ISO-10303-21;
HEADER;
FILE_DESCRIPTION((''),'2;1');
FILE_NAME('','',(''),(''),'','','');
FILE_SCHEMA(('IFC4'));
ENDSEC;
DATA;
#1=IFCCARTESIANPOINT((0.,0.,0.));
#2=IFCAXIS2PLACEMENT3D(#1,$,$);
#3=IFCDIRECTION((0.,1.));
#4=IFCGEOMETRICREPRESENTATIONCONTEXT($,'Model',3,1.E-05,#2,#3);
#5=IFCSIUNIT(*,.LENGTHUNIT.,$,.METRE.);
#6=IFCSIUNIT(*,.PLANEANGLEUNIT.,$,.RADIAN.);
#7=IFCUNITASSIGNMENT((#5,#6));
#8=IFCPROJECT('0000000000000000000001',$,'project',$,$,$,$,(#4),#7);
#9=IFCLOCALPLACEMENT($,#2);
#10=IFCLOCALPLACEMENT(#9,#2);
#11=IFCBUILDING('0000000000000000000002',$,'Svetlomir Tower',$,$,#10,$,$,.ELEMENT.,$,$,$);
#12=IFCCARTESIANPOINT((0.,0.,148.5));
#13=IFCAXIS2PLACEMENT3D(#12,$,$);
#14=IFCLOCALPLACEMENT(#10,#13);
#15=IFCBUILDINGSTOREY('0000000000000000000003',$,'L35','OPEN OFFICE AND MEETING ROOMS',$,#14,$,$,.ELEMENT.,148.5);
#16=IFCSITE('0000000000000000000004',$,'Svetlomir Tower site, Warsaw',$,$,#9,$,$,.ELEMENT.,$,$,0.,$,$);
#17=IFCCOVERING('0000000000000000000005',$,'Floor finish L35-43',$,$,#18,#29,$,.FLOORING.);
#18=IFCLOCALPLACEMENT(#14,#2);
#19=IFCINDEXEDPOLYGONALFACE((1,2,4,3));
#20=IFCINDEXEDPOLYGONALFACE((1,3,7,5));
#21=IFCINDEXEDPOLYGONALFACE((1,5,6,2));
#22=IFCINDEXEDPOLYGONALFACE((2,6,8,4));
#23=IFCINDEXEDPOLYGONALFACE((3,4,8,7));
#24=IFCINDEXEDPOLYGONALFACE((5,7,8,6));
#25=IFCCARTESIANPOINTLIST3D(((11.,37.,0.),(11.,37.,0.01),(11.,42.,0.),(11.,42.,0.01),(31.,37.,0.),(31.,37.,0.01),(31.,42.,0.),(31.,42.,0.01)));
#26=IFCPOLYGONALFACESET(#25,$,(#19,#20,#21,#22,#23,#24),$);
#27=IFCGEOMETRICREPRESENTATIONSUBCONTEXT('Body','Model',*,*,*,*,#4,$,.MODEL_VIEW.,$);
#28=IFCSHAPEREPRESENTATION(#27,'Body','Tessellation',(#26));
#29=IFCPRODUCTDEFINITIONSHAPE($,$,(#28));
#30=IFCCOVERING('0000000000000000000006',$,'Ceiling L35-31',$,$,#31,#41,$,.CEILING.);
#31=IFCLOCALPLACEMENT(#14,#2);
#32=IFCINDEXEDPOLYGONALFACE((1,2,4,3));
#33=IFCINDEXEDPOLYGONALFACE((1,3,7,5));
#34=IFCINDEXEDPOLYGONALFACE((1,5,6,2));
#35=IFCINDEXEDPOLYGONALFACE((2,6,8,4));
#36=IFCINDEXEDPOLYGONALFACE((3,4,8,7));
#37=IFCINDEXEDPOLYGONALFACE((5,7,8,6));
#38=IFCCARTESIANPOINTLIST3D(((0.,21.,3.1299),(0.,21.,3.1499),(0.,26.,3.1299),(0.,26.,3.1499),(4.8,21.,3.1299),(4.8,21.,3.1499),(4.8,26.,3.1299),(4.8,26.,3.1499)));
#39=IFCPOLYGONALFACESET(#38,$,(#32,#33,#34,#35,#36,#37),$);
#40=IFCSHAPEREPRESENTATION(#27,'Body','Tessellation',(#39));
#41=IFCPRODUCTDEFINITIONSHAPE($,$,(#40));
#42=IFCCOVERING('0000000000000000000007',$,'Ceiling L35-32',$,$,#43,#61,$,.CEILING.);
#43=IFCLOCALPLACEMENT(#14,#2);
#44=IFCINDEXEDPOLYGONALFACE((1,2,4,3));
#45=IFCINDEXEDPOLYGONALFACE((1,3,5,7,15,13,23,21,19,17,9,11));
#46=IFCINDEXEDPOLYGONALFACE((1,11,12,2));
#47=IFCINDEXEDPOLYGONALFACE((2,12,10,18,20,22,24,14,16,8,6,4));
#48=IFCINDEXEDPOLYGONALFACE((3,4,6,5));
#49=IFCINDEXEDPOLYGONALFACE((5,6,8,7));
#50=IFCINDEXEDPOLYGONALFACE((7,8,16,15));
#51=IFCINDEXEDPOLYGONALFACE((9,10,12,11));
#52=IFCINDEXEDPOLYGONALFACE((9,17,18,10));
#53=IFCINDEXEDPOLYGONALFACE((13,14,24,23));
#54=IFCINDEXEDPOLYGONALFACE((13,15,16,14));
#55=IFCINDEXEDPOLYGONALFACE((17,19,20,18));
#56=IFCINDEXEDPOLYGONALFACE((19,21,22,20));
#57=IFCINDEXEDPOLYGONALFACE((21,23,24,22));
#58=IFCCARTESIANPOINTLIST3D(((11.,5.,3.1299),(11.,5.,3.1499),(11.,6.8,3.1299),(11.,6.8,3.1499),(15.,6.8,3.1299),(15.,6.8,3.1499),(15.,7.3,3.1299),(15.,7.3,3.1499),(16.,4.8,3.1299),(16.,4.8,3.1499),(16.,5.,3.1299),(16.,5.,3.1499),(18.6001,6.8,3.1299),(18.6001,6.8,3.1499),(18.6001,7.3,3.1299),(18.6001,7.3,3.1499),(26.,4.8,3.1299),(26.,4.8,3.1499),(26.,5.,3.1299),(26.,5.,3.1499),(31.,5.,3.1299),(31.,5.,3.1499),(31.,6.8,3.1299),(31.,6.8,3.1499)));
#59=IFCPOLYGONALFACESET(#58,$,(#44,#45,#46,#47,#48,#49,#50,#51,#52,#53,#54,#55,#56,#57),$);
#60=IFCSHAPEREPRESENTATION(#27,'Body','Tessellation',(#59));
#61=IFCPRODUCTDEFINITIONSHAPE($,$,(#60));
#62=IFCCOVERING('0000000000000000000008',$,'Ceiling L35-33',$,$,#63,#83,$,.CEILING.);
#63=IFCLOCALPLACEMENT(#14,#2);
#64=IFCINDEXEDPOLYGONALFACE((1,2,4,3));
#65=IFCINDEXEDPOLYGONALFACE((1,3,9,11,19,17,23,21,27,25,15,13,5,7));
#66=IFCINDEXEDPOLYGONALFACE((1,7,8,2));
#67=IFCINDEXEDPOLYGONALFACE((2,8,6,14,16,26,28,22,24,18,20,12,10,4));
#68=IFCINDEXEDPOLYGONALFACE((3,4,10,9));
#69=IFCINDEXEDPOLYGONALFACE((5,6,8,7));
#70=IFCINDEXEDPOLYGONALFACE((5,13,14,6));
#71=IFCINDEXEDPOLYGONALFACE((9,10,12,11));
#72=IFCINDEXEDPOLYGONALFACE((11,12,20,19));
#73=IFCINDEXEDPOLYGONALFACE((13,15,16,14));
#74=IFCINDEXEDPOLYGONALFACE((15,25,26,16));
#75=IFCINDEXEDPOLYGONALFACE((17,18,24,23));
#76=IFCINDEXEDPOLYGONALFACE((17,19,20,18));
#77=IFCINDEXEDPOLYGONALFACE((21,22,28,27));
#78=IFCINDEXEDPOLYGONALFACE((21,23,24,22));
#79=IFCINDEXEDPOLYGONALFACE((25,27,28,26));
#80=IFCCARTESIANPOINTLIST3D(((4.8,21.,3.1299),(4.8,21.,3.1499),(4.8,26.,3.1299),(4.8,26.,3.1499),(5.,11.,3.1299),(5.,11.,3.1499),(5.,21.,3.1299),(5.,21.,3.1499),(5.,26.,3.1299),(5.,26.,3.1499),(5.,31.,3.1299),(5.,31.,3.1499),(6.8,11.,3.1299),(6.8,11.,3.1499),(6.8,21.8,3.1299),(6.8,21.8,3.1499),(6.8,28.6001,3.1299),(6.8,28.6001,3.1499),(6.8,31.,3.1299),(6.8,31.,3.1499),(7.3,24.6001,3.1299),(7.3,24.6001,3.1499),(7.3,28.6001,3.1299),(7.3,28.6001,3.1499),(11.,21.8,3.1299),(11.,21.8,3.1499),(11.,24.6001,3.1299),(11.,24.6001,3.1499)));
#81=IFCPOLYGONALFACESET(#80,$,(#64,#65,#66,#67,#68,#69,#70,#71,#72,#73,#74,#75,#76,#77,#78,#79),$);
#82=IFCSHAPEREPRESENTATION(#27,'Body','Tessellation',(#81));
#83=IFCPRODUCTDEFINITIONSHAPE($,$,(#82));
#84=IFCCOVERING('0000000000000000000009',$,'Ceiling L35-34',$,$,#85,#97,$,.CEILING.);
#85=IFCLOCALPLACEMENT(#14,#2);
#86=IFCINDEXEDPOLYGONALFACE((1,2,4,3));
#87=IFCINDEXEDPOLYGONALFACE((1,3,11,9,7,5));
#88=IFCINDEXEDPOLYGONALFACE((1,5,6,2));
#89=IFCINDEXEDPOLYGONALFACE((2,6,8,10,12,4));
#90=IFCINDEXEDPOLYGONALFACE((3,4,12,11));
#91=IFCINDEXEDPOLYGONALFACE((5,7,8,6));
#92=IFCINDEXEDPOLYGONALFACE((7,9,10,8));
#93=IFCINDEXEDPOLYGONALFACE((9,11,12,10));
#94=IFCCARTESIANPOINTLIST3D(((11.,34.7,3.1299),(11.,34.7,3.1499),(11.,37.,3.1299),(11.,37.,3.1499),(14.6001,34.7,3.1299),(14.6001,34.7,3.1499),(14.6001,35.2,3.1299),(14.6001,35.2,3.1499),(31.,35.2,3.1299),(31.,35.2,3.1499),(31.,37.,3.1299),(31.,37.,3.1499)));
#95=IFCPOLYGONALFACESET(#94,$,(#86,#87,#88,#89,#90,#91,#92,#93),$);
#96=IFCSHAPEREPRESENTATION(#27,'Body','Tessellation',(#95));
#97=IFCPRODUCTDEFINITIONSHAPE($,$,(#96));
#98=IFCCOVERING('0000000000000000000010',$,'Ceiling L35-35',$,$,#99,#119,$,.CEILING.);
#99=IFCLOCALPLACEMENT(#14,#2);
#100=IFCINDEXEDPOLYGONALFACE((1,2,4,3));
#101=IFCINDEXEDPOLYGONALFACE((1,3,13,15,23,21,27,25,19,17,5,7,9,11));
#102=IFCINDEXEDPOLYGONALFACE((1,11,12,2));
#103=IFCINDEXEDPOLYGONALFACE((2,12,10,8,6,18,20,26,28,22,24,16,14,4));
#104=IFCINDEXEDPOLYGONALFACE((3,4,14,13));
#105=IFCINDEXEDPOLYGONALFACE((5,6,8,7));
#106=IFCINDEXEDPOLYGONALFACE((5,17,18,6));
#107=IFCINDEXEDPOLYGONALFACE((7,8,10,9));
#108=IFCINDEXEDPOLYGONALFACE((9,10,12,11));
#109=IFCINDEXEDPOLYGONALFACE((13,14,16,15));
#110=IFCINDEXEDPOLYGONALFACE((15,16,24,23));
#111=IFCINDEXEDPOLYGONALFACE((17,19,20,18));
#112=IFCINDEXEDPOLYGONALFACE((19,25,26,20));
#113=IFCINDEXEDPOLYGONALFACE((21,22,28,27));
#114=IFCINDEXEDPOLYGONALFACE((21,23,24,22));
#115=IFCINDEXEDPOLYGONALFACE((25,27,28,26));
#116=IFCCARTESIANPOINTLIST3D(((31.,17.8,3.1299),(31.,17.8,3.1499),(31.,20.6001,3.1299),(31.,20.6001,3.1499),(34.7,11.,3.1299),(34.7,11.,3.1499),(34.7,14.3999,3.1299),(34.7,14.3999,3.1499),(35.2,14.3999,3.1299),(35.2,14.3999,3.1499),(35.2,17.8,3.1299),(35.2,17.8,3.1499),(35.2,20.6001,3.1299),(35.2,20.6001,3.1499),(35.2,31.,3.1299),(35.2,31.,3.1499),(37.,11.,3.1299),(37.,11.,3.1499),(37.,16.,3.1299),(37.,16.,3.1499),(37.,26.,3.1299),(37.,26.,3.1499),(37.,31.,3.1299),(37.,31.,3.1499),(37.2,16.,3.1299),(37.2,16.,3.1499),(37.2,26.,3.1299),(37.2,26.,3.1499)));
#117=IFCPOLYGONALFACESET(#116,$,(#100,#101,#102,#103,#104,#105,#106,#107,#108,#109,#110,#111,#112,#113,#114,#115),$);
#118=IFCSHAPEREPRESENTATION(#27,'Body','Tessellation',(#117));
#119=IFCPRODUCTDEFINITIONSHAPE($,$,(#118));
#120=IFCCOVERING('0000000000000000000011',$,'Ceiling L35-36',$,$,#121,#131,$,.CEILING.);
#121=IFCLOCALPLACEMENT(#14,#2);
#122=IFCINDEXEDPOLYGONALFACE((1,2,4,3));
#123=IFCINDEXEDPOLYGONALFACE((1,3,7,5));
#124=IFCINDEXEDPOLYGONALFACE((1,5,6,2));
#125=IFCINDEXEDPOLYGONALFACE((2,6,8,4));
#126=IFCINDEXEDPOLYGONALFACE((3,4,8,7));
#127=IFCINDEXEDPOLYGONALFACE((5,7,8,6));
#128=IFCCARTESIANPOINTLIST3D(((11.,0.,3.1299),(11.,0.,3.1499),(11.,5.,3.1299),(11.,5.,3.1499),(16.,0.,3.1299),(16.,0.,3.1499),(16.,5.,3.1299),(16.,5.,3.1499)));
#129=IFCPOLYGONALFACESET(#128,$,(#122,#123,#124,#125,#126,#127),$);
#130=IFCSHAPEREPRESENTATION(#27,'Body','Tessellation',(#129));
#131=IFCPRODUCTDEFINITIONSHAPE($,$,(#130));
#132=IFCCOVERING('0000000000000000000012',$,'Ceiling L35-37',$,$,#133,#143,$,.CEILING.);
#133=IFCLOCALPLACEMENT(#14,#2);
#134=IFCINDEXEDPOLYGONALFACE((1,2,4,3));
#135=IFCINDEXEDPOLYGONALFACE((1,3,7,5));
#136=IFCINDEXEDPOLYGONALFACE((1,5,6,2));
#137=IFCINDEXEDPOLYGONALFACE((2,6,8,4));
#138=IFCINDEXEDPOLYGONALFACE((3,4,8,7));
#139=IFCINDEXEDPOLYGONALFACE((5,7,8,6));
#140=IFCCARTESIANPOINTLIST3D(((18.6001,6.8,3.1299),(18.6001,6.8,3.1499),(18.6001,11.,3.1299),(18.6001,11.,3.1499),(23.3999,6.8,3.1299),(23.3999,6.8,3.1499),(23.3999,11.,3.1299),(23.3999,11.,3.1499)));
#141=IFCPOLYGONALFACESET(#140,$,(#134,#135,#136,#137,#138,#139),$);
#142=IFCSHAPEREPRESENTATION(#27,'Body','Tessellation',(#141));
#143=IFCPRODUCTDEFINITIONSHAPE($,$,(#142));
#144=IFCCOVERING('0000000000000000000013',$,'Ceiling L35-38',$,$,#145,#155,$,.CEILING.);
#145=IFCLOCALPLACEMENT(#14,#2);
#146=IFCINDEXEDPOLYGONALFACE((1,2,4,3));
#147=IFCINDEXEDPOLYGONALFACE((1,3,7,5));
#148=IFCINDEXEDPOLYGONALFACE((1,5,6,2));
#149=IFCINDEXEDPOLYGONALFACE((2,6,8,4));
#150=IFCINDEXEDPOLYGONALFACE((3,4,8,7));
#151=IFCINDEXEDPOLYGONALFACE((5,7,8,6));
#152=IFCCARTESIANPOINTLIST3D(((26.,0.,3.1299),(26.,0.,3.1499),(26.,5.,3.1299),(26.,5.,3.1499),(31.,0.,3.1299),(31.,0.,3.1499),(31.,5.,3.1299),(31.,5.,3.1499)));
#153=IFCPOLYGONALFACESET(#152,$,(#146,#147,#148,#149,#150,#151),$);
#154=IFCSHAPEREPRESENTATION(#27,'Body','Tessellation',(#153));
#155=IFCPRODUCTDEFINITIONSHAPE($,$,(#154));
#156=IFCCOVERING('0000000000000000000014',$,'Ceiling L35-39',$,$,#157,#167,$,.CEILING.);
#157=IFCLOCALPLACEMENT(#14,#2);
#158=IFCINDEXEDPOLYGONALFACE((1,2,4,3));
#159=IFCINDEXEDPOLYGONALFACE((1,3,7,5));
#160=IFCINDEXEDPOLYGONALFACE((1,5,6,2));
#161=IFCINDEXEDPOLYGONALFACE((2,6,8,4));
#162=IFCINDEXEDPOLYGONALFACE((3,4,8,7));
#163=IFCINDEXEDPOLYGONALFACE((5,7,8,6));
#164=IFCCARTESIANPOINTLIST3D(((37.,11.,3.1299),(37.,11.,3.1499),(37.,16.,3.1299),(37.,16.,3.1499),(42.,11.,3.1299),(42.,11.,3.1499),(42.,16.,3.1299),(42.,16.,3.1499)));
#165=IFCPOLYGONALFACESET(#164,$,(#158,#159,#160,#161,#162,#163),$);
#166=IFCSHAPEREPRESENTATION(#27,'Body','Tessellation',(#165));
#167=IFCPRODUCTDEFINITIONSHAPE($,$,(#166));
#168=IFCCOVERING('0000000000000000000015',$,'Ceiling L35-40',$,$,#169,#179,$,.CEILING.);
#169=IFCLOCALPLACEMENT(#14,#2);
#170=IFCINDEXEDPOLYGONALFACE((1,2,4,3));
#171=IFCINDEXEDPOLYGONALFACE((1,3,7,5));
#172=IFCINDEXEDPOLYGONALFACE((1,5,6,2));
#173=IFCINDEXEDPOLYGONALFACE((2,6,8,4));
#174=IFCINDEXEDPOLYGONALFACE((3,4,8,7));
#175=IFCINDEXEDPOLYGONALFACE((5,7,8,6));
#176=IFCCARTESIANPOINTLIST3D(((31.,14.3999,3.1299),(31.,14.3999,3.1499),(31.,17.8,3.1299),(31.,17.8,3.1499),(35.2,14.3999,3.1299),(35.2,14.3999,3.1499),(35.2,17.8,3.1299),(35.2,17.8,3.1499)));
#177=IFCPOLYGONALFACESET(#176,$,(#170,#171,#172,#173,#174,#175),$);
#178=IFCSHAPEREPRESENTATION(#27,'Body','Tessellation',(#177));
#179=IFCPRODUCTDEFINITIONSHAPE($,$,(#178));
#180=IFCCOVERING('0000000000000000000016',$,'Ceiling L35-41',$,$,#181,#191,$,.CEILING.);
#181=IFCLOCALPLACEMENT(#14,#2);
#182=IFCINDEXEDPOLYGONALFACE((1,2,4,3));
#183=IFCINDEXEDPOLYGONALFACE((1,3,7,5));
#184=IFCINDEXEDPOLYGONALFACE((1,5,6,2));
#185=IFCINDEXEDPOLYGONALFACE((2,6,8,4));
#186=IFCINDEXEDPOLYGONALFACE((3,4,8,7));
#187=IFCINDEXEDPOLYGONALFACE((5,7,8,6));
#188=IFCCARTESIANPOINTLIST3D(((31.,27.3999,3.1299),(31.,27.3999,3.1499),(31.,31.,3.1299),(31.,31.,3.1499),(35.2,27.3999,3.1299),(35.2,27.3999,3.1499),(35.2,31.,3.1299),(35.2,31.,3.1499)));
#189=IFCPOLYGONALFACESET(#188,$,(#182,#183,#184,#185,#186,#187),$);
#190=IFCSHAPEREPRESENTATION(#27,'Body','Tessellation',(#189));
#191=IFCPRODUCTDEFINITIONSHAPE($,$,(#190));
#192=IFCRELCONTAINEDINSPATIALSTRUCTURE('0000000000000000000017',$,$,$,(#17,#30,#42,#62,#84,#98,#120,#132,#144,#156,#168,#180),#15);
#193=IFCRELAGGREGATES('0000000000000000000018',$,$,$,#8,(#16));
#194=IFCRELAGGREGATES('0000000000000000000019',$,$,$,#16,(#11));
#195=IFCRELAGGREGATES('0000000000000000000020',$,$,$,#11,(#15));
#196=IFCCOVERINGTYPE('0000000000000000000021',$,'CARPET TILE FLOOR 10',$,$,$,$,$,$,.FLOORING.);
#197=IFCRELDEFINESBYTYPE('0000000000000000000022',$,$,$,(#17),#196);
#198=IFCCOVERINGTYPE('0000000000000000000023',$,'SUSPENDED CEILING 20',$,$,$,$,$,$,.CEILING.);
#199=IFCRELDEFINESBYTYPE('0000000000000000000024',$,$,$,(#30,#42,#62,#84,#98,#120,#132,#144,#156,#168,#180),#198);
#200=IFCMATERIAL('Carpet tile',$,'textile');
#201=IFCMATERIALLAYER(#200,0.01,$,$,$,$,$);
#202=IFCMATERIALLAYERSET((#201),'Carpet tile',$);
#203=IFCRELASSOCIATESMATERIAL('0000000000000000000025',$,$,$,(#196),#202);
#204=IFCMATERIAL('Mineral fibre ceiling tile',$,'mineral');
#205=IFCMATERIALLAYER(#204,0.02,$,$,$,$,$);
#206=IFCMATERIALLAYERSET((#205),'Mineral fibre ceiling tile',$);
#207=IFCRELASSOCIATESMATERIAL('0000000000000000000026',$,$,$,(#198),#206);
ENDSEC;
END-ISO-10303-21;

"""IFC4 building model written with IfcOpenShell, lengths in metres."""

from ifc_helpers import new_model, si_unit, direction, frame, origin, place, context, subcontext, project, spatial, polyline, outline, extrude, material, layer, layer_set, type_object, element, save


model = new_model("IFC4")

# Units and contexts
model_context = context("Model", 3, precision=1e-05, world=origin(), true_north=direction((0.0, 1.0)))
body_context = subcontext(model_context, "Body", "Model", "MODEL_VIEW")
ifc_project = project(units=[si_unit("LENGTHUNIT", "METRE"), si_unit("PLANEANGLEUNIT", "RADIAN")], contexts=[model_context])

# Site, building, storey
site_placement = place(None, origin())
site = spatial("IfcSite", under=ifc_project, at=site_placement, Name="Svetlomir Tower site, Warsaw", CompositionType="ELEMENT", RefElevation=0.0)
building_placement = place(site_placement, origin())
building = spatial("IfcBuilding", under=site, at=building_placement, Name="Svetlomir Tower", CompositionType="ELEMENT")
storey_placement = place(building_placement, frame((0.0, 0.0, 148.5)))
storey = spatial("IfcBuildingStorey", under=building, at=storey_placement, Name="L35", Description="OPEN OFFICE AND MEETING ROOMS", CompositionType="ELEMENT", Elevation=148.5)

# Coverings
ifc_material_1 = material(Name="Carpet tile", Category="textile")
ifc_layer_1 = layer(ifc_material_1, 0.01)
ifc_layer_set_1 = layer_set([ifc_layer_1], Name="Carpet tile")
covering_type_1 = type_object("IfcCoveringType", Name="CARPET TILE FLOOR 10", PredefinedType="FLOORING", material=ifc_layer_set_1)
covering_1_placement = place(storey_placement, origin())
element("IfcCovering", 1, at=covering_1_placement, inside=storey, type_object=covering_type_1, Name="Floor finish L35-43", PredefinedType="FLOORING", context=body_context, shape_type="SweptSolid", body=[
    extrude(outline(polyline([(31.0, 37.0), (11.0, 37.0), (11.0, 42.0), (31.0, 42.0), (31.0, 37.0)])), origin(), (0.0, 0.0, 1.0), 0.01),
])
ifc_material_2 = material(Name="Mineral fibre ceiling tile", Category="mineral")
ifc_layer_2 = layer(ifc_material_2, 0.02)
ifc_layer_set_2 = layer_set([ifc_layer_2], Name="Mineral fibre ceiling tile")
covering_type_2 = type_object("IfcCoveringType", Name="SUSPENDED CEILING 20", PredefinedType="CEILING", material=ifc_layer_set_2)
covering_2_placement = place(storey_placement, frame((0.0, 0.0, 3.1299)))
element("IfcCovering", 2, at=covering_2_placement, inside=storey, type_object=covering_type_2, Name="Ceiling L35-31", PredefinedType="CEILING", context=body_context, shape_type="SweptSolid", body=[
    extrude(outline(polyline([(0.0, 21.0), (4.8, 21.0), (4.8, 26.0), (0.0, 26.0), (0.0, 21.0)])), origin(), (0.0, 0.0, 1.0), 0.02),
])
covering_3_placement = place(storey_placement, frame((0.0, 0.0, 3.1299)))
element("IfcCovering", 3, at=covering_3_placement, inside=storey, type_object=covering_type_2, Name="Ceiling L35-32", PredefinedType="CEILING", context=body_context, shape_type="SweptSolid", body=[
    extrude(outline(polyline([(18.6001, 7.3), (18.6001, 6.8), (31.0, 6.8), (31.0, 5.0), (26.0, 5.0), (26.0, 4.8), (16.0, 4.8), (16.0, 5.0), (11.0, 5.0), (11.0, 6.8), (15.0, 6.8), (15.0, 7.3), (18.6001, 7.3)])), origin(), (0.0, 0.0, 1.0), 0.02),
])
covering_4_placement = place(storey_placement, frame((0.0, 0.0, 3.1299)))
element("IfcCovering", 4, at=covering_4_placement, inside=storey, type_object=covering_type_2, Name="Ceiling L35-33", PredefinedType="CEILING", context=body_context, shape_type="SweptSolid", body=[
    extrude(outline(polyline([(6.8, 21.8), (6.8, 11.0), (5.0, 11.0), (5.0, 21.0), (4.8, 21.0), (4.8, 26.0), (5.0, 26.0), (5.0, 31.0), (6.8, 31.0), (6.8, 28.6001), (7.3, 28.6001), (7.3, 24.6001), (11.0, 24.6001), (11.0, 21.8), (6.8, 21.8)])), origin(), (0.0, 0.0, 1.0), 0.02),
])
covering_5_placement = place(storey_placement, frame((0.0, 0.0, 3.1299)))
element("IfcCovering", 5, at=covering_5_placement, inside=storey, type_object=covering_type_2, Name="Ceiling L35-34", PredefinedType="CEILING", context=body_context, shape_type="SweptSolid", body=[
    extrude(outline(polyline([(11.0, 34.7), (11.0, 37.0), (31.0, 37.0), (31.0, 35.2), (14.6001, 35.2), (14.6001, 34.7), (11.0, 34.7)])), origin(), (0.0, 0.0, 1.0), 0.02),
])
covering_6_placement = place(storey_placement, frame((0.0, 0.0, 3.1299)))
element("IfcCovering", 6, at=covering_6_placement, inside=storey, type_object=covering_type_2, Name="Ceiling L35-35", PredefinedType="CEILING", context=body_context, shape_type="SweptSolid", body=[
    extrude(outline(polyline([(34.7, 14.3999), (35.2, 14.3999), (35.2, 17.8), (31.0, 17.8), (31.0, 20.6001), (35.2, 20.6001), (35.2, 31.0), (37.0, 31.0), (37.0, 26.0), (37.2, 26.0), (37.2, 16.0), (37.0, 16.0), (37.0, 11.0), (34.7, 11.0), (34.7, 14.3999)])), origin(), (0.0, 0.0, 1.0), 0.02),
])
covering_7_placement = place(storey_placement, frame((0.0, 0.0, 3.1299)))
element("IfcCovering", 7, at=covering_7_placement, inside=storey, type_object=covering_type_2, Name="Ceiling L35-36", PredefinedType="CEILING", context=body_context, shape_type="SweptSolid", body=[
    extrude(outline(polyline([(16.0, 5.0), (16.0, 0.0), (11.0, 0.0), (11.0, 5.0), (16.0, 5.0)])), origin(), (0.0, 0.0, 1.0), 0.02),
])
covering_8_placement = place(storey_placement, frame((0.0, 0.0, 3.1299)))
element("IfcCovering", 8, at=covering_8_placement, inside=storey, type_object=covering_type_2, Name="Ceiling L35-37", PredefinedType="CEILING", context=body_context, shape_type="SweptSolid", body=[
    extrude(outline(polyline([(23.3999, 11.0), (23.3999, 6.8), (18.6001, 6.8), (18.6001, 11.0), (23.3999, 11.0)])), origin(), (0.0, 0.0, 1.0), 0.02),
])
covering_9_placement = place(storey_placement, frame((0.0, 0.0, 3.1299)))
element("IfcCovering", 9, at=covering_9_placement, inside=storey, type_object=covering_type_2, Name="Ceiling L35-38", PredefinedType="CEILING", context=body_context, shape_type="SweptSolid", body=[
    extrude(outline(polyline([(26.0, 0.0), (26.0, 5.0), (31.0, 5.0), (31.0, 0.0), (26.0, 0.0)])), origin(), (0.0, 0.0, 1.0), 0.02),
])
covering_10_placement = place(storey_placement, frame((0.0, 0.0, 3.1299)))
element("IfcCovering", 10, at=covering_10_placement, inside=storey, type_object=covering_type_2, Name="Ceiling L35-39", PredefinedType="CEILING", context=body_context, shape_type="SweptSolid", body=[
    extrude(outline(polyline([(37.0, 16.0), (42.0, 16.0), (42.0, 11.0), (37.0, 11.0), (37.0, 16.0)])), origin(), (0.0, 0.0, 1.0), 0.02),
])
covering_11_placement = place(storey_placement, frame((0.0, 0.0, 3.1299)))
element("IfcCovering", 11, at=covering_11_placement, inside=storey, type_object=covering_type_2, Name="Ceiling L35-40", PredefinedType="CEILING", context=body_context, shape_type="SweptSolid", body=[
    extrude(outline(polyline([(31.0, 17.8), (35.2, 17.8), (35.2, 14.3999), (31.0, 14.3999), (31.0, 17.8)])), origin(), (0.0, 0.0, 1.0), 0.02),
])
covering_12_placement = place(storey_placement, frame((0.0, 0.0, 3.1299)))
element("IfcCovering", 12, at=covering_12_placement, inside=storey, type_object=covering_type_2, Name="Ceiling L35-41", PredefinedType="CEILING", context=body_context, shape_type="SweptSolid", body=[
    extrude(outline(polyline([(31.0, 31.0), (35.2, 31.0), (35.2, 27.3999), (31.0, 27.3999), (31.0, 31.0)])), origin(), (0.0, 0.0, 1.0), 0.02),
])

save(model, "model.ifc")
